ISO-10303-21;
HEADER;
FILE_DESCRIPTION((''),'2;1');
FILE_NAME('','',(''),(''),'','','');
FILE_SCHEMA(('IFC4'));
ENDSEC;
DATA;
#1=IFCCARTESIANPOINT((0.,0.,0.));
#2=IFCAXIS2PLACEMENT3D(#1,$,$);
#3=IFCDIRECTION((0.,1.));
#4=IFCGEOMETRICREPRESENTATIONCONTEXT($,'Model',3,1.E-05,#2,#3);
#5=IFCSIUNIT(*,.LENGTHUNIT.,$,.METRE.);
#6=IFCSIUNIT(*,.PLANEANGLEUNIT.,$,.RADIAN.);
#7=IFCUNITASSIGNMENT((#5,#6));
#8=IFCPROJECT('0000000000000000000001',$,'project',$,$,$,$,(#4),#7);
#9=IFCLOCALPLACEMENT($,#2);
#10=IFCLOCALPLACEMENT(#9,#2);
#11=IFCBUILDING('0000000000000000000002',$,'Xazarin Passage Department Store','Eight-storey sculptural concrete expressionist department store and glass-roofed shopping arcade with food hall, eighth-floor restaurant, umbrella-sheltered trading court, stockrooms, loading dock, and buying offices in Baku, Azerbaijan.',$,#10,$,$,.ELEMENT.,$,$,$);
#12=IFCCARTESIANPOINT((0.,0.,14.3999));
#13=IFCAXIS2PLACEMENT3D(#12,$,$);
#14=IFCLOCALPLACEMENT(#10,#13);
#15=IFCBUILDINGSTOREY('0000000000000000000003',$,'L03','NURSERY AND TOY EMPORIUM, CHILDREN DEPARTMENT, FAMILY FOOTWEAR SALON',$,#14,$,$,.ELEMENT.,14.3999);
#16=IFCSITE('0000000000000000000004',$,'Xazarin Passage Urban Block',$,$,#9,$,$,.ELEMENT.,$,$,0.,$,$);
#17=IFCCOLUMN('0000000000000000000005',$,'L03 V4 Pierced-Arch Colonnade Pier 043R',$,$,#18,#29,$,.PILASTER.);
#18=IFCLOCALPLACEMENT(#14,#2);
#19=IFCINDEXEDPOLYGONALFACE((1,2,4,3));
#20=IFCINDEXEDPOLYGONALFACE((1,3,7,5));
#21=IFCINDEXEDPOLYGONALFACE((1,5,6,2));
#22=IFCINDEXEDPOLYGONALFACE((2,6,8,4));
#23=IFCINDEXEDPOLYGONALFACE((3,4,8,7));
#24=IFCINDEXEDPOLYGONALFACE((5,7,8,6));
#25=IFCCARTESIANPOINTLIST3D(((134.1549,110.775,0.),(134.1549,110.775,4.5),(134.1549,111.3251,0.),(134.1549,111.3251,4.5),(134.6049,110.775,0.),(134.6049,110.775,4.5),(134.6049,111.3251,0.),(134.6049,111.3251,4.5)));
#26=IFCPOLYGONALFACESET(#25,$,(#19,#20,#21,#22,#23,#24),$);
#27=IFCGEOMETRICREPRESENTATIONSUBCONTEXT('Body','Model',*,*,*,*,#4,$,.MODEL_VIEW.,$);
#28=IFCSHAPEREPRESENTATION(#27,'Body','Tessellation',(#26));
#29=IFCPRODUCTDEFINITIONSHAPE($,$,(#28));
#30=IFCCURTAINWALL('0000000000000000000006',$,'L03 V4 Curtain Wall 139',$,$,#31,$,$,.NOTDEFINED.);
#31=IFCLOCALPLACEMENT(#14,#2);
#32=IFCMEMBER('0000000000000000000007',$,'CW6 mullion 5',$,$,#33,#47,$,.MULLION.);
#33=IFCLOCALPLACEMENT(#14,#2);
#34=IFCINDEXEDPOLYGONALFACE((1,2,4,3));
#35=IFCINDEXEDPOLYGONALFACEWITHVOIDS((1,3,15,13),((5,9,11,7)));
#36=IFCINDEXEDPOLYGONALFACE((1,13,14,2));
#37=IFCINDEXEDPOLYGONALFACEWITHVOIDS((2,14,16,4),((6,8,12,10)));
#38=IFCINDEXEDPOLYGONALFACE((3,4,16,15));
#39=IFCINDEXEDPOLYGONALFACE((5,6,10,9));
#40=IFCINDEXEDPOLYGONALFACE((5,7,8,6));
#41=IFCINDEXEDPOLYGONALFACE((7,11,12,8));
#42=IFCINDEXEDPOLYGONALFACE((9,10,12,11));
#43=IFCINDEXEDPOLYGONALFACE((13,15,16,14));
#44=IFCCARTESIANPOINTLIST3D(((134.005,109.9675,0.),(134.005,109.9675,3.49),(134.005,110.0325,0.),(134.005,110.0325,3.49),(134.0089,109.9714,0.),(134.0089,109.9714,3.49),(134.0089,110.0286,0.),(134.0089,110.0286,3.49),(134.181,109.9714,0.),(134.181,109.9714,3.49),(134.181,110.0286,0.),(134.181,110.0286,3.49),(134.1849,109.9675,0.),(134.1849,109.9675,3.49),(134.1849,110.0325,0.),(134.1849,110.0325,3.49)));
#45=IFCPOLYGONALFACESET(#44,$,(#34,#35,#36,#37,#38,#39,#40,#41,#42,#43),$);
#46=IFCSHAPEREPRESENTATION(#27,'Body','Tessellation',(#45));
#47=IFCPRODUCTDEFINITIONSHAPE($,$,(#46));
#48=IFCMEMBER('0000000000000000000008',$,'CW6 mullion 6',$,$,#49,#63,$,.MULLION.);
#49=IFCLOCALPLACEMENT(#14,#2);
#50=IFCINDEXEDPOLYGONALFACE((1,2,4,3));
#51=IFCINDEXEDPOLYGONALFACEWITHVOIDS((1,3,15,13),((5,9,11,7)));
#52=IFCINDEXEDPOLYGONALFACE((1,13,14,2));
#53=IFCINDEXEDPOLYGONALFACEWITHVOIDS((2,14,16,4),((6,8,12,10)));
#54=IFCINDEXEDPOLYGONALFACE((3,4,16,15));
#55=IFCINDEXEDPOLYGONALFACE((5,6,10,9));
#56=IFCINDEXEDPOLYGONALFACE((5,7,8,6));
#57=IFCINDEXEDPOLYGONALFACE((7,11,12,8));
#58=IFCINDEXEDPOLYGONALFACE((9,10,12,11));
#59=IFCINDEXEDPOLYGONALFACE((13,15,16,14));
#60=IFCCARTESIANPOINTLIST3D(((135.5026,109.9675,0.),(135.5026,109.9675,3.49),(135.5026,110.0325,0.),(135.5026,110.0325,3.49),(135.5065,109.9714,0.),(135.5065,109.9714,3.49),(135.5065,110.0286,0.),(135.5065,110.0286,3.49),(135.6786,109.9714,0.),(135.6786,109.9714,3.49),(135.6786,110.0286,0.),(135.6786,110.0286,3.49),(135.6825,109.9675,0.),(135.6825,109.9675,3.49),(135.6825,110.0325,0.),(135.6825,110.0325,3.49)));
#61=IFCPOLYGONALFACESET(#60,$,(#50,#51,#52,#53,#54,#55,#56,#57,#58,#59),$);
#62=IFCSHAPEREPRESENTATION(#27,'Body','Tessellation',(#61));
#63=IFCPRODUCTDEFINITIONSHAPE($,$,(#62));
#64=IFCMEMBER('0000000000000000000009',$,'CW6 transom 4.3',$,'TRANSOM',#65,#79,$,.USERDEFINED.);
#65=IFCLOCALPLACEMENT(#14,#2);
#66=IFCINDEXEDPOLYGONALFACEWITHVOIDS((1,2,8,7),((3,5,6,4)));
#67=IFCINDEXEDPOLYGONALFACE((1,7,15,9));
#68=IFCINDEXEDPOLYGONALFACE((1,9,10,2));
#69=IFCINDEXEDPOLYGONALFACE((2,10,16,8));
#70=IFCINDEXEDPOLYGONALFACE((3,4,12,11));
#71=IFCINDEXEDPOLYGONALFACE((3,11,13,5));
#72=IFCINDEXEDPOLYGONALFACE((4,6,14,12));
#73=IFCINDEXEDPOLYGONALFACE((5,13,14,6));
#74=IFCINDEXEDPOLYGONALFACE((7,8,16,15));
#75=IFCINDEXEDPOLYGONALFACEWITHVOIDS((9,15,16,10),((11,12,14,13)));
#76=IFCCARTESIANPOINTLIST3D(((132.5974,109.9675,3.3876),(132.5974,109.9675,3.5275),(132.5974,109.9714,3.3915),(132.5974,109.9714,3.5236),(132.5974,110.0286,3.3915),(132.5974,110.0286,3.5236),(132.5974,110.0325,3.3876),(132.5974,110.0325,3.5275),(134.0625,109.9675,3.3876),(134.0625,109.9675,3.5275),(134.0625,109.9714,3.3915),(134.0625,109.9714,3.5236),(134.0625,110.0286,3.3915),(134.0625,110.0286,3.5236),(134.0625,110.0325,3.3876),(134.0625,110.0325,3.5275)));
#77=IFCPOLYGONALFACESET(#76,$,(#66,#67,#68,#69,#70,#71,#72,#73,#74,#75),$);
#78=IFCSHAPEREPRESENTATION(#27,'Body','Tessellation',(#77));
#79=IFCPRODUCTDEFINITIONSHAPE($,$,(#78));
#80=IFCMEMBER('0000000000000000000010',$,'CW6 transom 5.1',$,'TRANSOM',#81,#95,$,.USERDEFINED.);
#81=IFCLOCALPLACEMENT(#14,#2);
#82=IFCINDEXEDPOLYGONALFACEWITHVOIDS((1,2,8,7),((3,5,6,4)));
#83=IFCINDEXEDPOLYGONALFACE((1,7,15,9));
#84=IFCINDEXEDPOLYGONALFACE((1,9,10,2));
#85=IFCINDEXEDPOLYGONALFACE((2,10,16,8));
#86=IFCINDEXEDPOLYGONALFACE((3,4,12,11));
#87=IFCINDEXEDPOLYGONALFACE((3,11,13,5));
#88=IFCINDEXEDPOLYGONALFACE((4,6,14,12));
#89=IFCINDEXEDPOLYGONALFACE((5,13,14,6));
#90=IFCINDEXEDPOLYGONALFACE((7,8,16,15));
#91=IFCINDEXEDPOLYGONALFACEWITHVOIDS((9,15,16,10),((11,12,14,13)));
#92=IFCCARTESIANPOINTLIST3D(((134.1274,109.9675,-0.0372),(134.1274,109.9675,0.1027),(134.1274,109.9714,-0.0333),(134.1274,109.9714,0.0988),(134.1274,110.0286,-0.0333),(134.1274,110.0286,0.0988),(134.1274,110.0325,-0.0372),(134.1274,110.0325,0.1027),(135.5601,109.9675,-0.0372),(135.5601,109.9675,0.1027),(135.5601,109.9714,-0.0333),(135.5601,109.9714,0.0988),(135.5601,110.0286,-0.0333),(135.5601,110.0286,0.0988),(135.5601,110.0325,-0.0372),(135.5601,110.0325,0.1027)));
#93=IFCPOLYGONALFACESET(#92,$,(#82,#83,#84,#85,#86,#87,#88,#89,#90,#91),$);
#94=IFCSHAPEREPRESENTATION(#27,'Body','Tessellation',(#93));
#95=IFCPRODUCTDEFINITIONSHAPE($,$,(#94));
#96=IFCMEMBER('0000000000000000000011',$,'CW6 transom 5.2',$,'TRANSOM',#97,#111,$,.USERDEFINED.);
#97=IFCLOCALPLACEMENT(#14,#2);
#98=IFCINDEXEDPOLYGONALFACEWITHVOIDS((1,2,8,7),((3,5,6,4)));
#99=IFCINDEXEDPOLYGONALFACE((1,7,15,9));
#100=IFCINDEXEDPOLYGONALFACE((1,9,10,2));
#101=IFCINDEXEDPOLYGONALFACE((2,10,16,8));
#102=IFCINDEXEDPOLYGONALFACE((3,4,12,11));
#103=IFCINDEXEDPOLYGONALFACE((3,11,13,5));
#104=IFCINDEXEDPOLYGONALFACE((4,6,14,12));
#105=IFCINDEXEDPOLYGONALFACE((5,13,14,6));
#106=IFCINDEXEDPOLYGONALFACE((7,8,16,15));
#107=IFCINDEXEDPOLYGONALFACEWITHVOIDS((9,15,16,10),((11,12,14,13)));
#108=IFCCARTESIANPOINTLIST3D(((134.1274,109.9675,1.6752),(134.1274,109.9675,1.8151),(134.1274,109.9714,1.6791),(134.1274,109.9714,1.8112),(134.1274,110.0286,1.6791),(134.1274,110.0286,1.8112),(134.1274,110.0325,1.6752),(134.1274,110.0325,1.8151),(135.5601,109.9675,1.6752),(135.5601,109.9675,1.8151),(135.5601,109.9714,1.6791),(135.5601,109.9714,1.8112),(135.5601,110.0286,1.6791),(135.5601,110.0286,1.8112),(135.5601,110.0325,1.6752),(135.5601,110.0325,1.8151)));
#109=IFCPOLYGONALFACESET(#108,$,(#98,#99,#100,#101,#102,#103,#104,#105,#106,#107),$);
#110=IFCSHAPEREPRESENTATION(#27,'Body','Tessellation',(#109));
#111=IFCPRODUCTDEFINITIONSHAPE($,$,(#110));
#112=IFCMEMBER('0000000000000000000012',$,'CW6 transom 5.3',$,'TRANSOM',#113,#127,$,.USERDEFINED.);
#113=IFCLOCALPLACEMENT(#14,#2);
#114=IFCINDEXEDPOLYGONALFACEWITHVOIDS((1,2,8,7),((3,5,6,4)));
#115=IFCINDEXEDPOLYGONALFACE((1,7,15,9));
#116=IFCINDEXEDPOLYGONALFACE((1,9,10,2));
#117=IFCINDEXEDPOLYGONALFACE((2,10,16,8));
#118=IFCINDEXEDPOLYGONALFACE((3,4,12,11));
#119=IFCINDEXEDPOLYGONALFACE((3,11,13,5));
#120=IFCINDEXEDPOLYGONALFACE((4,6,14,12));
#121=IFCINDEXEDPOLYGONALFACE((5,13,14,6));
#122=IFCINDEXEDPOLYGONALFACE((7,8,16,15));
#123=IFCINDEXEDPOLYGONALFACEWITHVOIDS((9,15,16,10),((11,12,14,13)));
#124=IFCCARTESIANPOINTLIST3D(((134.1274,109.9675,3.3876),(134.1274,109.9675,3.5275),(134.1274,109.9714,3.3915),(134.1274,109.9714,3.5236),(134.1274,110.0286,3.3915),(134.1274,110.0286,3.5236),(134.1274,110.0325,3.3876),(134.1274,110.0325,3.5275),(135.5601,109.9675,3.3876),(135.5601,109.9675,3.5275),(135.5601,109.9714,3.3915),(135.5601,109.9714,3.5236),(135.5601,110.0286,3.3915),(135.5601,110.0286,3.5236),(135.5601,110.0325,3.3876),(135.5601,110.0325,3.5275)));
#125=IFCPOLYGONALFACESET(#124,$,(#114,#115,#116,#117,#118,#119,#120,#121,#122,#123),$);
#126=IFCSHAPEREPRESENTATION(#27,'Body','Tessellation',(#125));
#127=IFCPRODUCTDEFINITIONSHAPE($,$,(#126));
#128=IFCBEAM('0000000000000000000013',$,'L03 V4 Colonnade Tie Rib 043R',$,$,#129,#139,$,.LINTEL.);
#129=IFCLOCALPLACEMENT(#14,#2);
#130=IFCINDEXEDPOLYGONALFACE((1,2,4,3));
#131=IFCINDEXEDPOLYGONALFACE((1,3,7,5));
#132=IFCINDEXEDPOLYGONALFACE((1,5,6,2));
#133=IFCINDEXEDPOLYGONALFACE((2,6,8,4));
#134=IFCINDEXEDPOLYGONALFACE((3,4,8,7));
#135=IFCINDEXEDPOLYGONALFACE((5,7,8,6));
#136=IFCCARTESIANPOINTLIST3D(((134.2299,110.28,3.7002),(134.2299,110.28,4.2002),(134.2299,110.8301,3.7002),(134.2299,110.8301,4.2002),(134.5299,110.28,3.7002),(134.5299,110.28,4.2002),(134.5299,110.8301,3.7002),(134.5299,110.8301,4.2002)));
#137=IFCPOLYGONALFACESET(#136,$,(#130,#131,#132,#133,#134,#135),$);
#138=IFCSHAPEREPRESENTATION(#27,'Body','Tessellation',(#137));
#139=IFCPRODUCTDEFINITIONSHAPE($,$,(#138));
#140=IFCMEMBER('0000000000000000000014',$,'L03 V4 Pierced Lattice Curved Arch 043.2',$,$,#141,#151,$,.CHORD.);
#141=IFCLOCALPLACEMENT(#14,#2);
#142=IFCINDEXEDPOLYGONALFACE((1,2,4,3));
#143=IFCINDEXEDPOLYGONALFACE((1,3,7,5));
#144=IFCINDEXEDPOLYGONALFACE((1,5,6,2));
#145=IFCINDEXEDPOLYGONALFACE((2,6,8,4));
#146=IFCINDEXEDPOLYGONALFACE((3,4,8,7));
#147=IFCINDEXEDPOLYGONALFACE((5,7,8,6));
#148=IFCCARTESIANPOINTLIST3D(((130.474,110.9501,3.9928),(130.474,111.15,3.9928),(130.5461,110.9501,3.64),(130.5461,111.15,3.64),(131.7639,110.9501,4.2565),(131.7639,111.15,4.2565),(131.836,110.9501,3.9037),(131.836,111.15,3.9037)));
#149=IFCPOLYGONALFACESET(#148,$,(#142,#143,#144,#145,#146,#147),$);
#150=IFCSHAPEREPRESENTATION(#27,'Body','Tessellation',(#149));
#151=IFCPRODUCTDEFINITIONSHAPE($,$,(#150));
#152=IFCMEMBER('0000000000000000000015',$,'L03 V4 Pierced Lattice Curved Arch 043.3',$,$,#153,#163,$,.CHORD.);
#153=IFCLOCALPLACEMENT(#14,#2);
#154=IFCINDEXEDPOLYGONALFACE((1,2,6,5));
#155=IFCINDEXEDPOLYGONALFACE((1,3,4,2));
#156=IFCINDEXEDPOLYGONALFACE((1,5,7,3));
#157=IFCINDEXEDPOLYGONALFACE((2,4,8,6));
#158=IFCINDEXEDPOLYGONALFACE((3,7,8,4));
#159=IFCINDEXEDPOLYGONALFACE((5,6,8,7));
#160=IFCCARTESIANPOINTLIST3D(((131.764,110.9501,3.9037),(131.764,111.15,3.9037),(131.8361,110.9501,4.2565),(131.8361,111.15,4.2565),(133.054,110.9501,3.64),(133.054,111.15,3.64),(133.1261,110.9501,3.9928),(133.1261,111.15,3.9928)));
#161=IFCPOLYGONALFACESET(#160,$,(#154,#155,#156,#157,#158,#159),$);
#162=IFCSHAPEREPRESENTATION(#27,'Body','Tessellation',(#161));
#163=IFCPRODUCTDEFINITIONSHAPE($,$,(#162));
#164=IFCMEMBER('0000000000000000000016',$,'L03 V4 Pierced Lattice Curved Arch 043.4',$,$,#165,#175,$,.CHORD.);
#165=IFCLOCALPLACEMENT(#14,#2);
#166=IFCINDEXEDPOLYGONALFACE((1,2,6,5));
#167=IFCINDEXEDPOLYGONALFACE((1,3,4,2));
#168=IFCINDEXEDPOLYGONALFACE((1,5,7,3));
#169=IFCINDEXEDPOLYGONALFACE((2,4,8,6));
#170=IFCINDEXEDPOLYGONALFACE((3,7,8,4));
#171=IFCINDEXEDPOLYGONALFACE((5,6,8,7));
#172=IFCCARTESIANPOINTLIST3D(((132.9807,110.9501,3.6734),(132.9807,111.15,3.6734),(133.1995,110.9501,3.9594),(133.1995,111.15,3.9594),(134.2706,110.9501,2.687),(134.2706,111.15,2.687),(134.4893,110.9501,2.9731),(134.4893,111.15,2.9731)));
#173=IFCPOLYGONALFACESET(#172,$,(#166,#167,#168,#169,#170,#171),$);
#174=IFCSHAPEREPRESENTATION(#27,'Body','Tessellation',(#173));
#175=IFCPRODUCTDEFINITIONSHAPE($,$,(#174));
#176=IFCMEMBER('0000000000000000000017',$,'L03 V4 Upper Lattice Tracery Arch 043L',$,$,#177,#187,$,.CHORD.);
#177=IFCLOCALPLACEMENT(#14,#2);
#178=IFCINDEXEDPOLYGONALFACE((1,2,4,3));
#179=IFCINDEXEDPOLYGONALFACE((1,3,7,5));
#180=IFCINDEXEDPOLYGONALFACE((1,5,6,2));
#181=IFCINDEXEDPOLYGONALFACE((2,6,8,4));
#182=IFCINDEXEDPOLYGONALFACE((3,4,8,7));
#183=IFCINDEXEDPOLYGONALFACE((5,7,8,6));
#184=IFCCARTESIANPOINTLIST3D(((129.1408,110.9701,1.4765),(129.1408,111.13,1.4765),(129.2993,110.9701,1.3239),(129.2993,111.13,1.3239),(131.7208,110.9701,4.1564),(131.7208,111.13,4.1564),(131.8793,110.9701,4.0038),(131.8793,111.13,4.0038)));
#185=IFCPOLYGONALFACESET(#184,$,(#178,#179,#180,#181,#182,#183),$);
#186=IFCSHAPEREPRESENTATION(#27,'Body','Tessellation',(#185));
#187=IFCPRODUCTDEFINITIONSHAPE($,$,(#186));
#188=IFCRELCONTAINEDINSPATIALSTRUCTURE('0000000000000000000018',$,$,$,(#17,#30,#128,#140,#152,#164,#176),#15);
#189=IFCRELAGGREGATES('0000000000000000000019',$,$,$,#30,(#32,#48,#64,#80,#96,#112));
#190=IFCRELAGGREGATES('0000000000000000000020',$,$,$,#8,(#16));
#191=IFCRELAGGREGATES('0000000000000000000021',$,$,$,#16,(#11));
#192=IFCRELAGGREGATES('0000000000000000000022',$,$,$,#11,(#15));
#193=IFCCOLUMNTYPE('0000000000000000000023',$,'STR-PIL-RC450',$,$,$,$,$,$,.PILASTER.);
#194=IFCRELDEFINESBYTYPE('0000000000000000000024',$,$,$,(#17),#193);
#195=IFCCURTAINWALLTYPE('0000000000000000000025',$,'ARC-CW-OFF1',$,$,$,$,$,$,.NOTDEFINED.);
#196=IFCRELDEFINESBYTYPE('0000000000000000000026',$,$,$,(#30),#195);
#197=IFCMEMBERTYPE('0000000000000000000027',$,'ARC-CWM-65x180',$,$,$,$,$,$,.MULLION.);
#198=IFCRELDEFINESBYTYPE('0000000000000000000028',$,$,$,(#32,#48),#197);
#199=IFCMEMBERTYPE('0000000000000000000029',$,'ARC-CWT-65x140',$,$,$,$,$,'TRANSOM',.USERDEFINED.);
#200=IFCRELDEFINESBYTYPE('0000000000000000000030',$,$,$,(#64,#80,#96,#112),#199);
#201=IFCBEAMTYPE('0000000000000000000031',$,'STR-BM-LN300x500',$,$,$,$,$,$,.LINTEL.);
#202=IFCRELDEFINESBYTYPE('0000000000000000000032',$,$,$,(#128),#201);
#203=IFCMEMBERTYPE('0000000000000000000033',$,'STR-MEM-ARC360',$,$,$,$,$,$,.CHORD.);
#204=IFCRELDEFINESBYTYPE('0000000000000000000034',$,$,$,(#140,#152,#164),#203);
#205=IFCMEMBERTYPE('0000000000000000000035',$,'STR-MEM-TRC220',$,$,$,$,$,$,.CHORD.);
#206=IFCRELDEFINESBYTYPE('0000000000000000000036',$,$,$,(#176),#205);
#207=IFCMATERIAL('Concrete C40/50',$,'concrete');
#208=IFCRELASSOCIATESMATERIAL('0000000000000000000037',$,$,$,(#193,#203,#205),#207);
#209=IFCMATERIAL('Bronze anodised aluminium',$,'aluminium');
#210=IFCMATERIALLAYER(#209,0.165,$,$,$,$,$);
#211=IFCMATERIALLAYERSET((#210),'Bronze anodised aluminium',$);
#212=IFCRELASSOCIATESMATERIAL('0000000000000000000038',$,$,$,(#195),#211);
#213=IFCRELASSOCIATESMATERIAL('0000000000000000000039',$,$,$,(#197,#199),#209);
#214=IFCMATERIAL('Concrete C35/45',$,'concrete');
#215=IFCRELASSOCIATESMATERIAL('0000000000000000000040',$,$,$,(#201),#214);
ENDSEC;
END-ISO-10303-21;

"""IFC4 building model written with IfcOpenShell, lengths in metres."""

from ifc_helpers import new_model, si_unit, direction, frame, origin, origin_2d, place, context, subcontext, project, spatial, rectangle, hollow_rectangle, extrude, material, layer, layer_set, material_profile, profile_set, type_object, element, aggregate, save


model = new_model("IFC4")

# Units and contexts
model_context = context("Model", 3, precision=1e-05, world=origin(), true_north=direction((0.0, 1.0)))
body_context = subcontext(model_context, "Body", "Model", "MODEL_VIEW")
ifc_project = project(units=[si_unit("LENGTHUNIT", "METRE"), si_unit("PLANEANGLEUNIT", "RADIAN")], contexts=[model_context])

# Site, building, storey
site_placement = place(None, origin())
site = spatial("IfcSite", under=ifc_project, at=site_placement, Name="Xazarin Passage Urban Block", CompositionType="ELEMENT", RefElevation=0.0)
building_placement = place(site_placement, origin())
building = spatial("IfcBuilding", under=site, at=building_placement, Name="Xazarin Passage Department Store", Description="Eight-storey sculptural concrete expressionist department store and glass-roofed shopping arcade with food hall, eighth-floor restaurant, umbrella-sheltered trading court, stockrooms, loading dock, and buying offices in Baku, Azerbaijan.", CompositionType="ELEMENT")
storey_placement = place(building_placement, frame((0.0, 0.0, 14.3999)))
storey = spatial("IfcBuildingStorey", under=building, at=storey_placement, Name="L03", Description="NURSERY AND TOY EMPORIUM, CHILDREN DEPARTMENT, FAMILY FOOTWEAR SALON", CompositionType="ELEMENT", Elevation=14.3999)

# Column
ifc_material_1 = material(Name="Concrete C40/50", Category="concrete")
ifc_material_profile_1 = material_profile(ifc_material_1, rectangle(XDim=0.45, YDim=0.55, at=origin_2d()), Name="RC 450x550")
ifc_profile_set_1 = profile_set([ifc_material_profile_1], Name="Concrete C40/50")
column_type = type_object("IfcColumnType", Name="STR-PIL-RC450", PredefinedType="PILASTER", material=ifc_profile_set_1)
column_placement = place(storey_placement, frame((134.3799, 111.05, 0.0), z_axis=(0.0, 0.0, 1.0), x_axis=(1.0, 0.0, 0.0)))
element("IfcColumn", 1, at=column_placement, inside=storey, type_object=column_type, Name="L03 V4 Pierced-Arch Colonnade Pier 043R", PredefinedType="PILASTER", context=body_context, shape_type="SweptSolid", body=[
    extrude(rectangle(XDim=0.45, YDim=0.55, at=origin_2d()), origin(), (0.0, 0.0, 1.0), 4.5),
])

# Curtain wall, members
ifc_material_2 = material(Name="Bronze anodised aluminium", Category="aluminium")
ifc_layer_1 = layer(ifc_material_2, 0.165)
ifc_layer_set_1 = layer_set([ifc_layer_1], Name="Bronze anodised aluminium")
curtain_wall_type = type_object("IfcCurtainWallType", Name="ARC-CW-OFF1", PredefinedType="NOTDEFINED", material=ifc_layer_set_1)
curtain_wall_placement = place(storey_placement, origin())
curtain_wall = element("IfcCurtainWall", 2, at=curtain_wall_placement, inside=storey, type_object=curtain_wall_type, Name="L03 V4 Curtain Wall 139", PredefinedType="NOTDEFINED")
ifc_material_profile_2 = material_profile(ifc_material_2, hollow_rectangle(XDim=0.0649, YDim=0.1799, WallThickness=0.0039, at=origin_2d()), Name="ALU 65x180")
ifc_profile_set_2 = profile_set([ifc_material_profile_2], Name="Bronze anodised aluminium")
member_type_1 = type_object("IfcMemberType", Name="ARC-CWM-65x180", PredefinedType="MULLION", material=ifc_profile_set_2)
member_1_placement = place(storey_placement, frame((134.095, 110.0, 0.0), z_axis=(0.0, 0.0, 1.0), x_axis=(0.0, 1.0, 0.0)))
member_1 = element("IfcMember", 3, at=member_1_placement, type_object=member_type_1, Name="CW6 mullion 5", PredefinedType="MULLION", context=body_context, shape_type="SweptSolid", body=[
    extrude(hollow_rectangle(XDim=0.0649, YDim=0.1799, WallThickness=0.0039, at=origin_2d()), origin(), (0.0, 0.0, 1.0), 3.49),
])
member_2_placement = place(storey_placement, frame((135.5925, 110.0, 0.0), z_axis=(0.0, 0.0, 1.0), x_axis=(0.0, 1.0, 0.0)))
member_2 = element("IfcMember", 4, at=member_2_placement, type_object=member_type_1, Name="CW6 mullion 6", PredefinedType="MULLION", context=body_context, shape_type="SweptSolid", body=[
    extrude(hollow_rectangle(XDim=0.0649, YDim=0.1799, WallThickness=0.0039, at=origin_2d()), origin(), (0.0, 0.0, 1.0), 3.49),
])
ifc_material_profile_3 = material_profile(ifc_material_2, hollow_rectangle(XDim=0.0649, YDim=0.1399, WallThickness=0.0039, at=origin_2d()), Name="ALU 65x140")
ifc_profile_set_3 = profile_set([ifc_material_profile_3], Name="Bronze anodised aluminium")
member_type_2 = type_object("IfcMemberType", Name="ARC-CWT-65x140", ElementType="TRANSOM", PredefinedType="USERDEFINED", material=ifc_profile_set_3)
member_3_placement = place(storey_placement, frame((132.5974, 110.0, 3.4575), z_axis=(1.0, 0.0, 0.0), x_axis=(0.0, 1.0, 0.0)))
member_3 = element("IfcMember", 5, at=member_3_placement, type_object=member_type_2, Name="CW6 transom 4.3", ObjectType="TRANSOM", PredefinedType="USERDEFINED", context=body_context, shape_type="SweptSolid", body=[
    extrude(hollow_rectangle(XDim=0.0649, YDim=0.1399, WallThickness=0.0039, at=origin_2d()), origin(), (0.0, 0.0, 1.0), 1.4651),
])
member_4_placement = place(storey_placement, frame((134.1274, 110.0, 0.0327), z_axis=(1.0, 0.0, 0.0), x_axis=(0.0, 1.0, 0.0)))
member_4 = element("IfcMember", 6, at=member_4_placement, type_object=member_type_2, Name="CW6 transom 5.1", ObjectType="TRANSOM", PredefinedType="USERDEFINED", context=body_context, shape_type="SweptSolid", body=[
    extrude(hollow_rectangle(XDim=0.0649, YDim=0.1399, WallThickness=0.0039, at=origin_2d()), origin(), (0.0, 0.0, 1.0), 1.4326),
])
member_5_placement = place(storey_placement, frame((134.1274, 110.0, 1.7451), z_axis=(1.0, 0.0, 0.0), x_axis=(0.0, 1.0, 0.0)))
member_5 = element("IfcMember", 7, at=member_5_placement, type_object=member_type_2, Name="CW6 transom 5.2", ObjectType="TRANSOM", PredefinedType="USERDEFINED", context=body_context, shape_type="SweptSolid", body=[
    extrude(hollow_rectangle(XDim=0.0649, YDim=0.1399, WallThickness=0.0039, at=origin_2d()), origin(), (0.0, 0.0, 1.0), 1.4326),
])
member_6_placement = place(storey_placement, frame((134.1274, 110.0, 3.4575), z_axis=(1.0, 0.0, 0.0), x_axis=(0.0, 1.0, 0.0)))
member_6 = element("IfcMember", 8, at=member_6_placement, type_object=member_type_2, Name="CW6 transom 5.3", ObjectType="TRANSOM", PredefinedType="USERDEFINED", context=body_context, shape_type="SweptSolid", body=[
    extrude(hollow_rectangle(XDim=0.0649, YDim=0.1399, WallThickness=0.0039, at=origin_2d()), origin(), (0.0, 0.0, 1.0), 1.4326),
])

# Beam
ifc_material_3 = material(Name="Concrete C35/45", Category="concrete")
ifc_material_profile_4 = material_profile(ifc_material_3, rectangle(XDim=0.3, YDim=0.5, at=origin_2d()), Name="RC 300x500")
ifc_profile_set_4 = profile_set([ifc_material_profile_4], Name="Concrete C35/45")
beam_type = type_object("IfcBeamType", Name="STR-BM-LN300x500", PredefinedType="LINTEL", material=ifc_profile_set_4)
beam_placement = place(storey_placement, frame((134.3799, 110.28, 3.9502), z_axis=(0.0, 1.0, 0.0), x_axis=(-1.0, 0.0, 0.0)))
element("IfcBeam", 9, at=beam_placement, inside=storey, type_object=beam_type, Name="L03 V4 Colonnade Tie Rib 043R", PredefinedType="LINTEL", context=body_context, shape_type="SweptSolid", body=[
    extrude(rectangle(XDim=0.3, YDim=0.5, at=origin_2d()), origin(), (0.0, 0.0, 1.0), 0.55),
])

# Members
ifc_material_profile_5 = material_profile(ifc_material_1, rectangle(XDim=0.2, YDim=0.3601, at=origin_2d()), Name="RC 200x360")
ifc_profile_set_5 = profile_set([ifc_material_profile_5], Name="Concrete C40/50")
member_type_3 = type_object("IfcMemberType", Name="STR-MEM-ARC360", PredefinedType="CHORD", material=ifc_profile_set_5)
for number, where, z_axis, x_axis, name in (
    (10, (130.51, 111.05, 3.8164), (0.979745, 0.0, 0.200251), (0.0, 1.0, 0.0), "L03 V4 Pierced Lattice Curved Arch 043.2"),
    (11, (131.8, 111.05, 4.0801), (0.979745, 0.0, -0.200251), (0.0, 1.0, 0.0), "L03 V4 Pierced Lattice Curved Arch 043.3"),
):
    element("IfcMember", number, at=place(storey_placement, frame(where, z_axis=z_axis, x_axis=x_axis)), inside=storey, type_object=member_type_3, Name=name, PredefinedType="CHORD", context=body_context, shape_type="SweptSolid", body=[
        extrude(rectangle(XDim=0.2, YDim=0.3601, at=origin_2d()), origin(), (0.0, 0.0, 1.0), 1.3167),
    ])
member_7_placement = place(storey_placement, frame((133.0901, 111.05, 3.8164), z_axis=(0.794354, 0.0, -0.607456), x_axis=(0.0, 1.0, 0.0)))
element("IfcMember", 12, at=member_7_placement, inside=storey, type_object=member_type_3, Name="L03 V4 Pierced Lattice Curved Arch 043.4", PredefinedType="CHORD", context=body_context, shape_type="SweptSolid", body=[
    extrude(rectangle(XDim=0.2, YDim=0.3601, at=origin_2d()), origin(), (0.0, 0.0, 1.0), 1.6238),
])
ifc_material_profile_6 = material_profile(ifc_material_1, rectangle(XDim=0.1599, YDim=0.22, at=origin_2d()), Name="RC 160x220")
ifc_profile_set_6 = profile_set([ifc_material_profile_6], Name="Concrete C40/50")
member_type_4 = type_object("IfcMemberType", Name="STR-MEM-TRC220", PredefinedType="CHORD", material=ifc_profile_set_6)
for number, where, z_axis, x_axis, name in (
    (13, (131.8, 111.05, 4.0801), (-0.693558, 0.0, -0.7204), (0.0, -1.0, 0.0), "L03 V4 Upper Lattice Tracery Arch 043L"),
):
    element("IfcMember", number, at=place(storey_placement, frame(where, z_axis=z_axis, x_axis=x_axis)), inside=storey, type_object=member_type_4, Name=name, PredefinedType="CHORD", context=body_context, shape_type="SweptSolid", body=[
        extrude(rectangle(XDim=0.1599, YDim=0.22, at=origin_2d()), origin(), (0.0, 0.0, 1.0), 3.72),
    ])

aggregate(curtain_wall, [member_1, member_2, member_3, member_4, member_5, member_6])

save(model, "model.ifc")
